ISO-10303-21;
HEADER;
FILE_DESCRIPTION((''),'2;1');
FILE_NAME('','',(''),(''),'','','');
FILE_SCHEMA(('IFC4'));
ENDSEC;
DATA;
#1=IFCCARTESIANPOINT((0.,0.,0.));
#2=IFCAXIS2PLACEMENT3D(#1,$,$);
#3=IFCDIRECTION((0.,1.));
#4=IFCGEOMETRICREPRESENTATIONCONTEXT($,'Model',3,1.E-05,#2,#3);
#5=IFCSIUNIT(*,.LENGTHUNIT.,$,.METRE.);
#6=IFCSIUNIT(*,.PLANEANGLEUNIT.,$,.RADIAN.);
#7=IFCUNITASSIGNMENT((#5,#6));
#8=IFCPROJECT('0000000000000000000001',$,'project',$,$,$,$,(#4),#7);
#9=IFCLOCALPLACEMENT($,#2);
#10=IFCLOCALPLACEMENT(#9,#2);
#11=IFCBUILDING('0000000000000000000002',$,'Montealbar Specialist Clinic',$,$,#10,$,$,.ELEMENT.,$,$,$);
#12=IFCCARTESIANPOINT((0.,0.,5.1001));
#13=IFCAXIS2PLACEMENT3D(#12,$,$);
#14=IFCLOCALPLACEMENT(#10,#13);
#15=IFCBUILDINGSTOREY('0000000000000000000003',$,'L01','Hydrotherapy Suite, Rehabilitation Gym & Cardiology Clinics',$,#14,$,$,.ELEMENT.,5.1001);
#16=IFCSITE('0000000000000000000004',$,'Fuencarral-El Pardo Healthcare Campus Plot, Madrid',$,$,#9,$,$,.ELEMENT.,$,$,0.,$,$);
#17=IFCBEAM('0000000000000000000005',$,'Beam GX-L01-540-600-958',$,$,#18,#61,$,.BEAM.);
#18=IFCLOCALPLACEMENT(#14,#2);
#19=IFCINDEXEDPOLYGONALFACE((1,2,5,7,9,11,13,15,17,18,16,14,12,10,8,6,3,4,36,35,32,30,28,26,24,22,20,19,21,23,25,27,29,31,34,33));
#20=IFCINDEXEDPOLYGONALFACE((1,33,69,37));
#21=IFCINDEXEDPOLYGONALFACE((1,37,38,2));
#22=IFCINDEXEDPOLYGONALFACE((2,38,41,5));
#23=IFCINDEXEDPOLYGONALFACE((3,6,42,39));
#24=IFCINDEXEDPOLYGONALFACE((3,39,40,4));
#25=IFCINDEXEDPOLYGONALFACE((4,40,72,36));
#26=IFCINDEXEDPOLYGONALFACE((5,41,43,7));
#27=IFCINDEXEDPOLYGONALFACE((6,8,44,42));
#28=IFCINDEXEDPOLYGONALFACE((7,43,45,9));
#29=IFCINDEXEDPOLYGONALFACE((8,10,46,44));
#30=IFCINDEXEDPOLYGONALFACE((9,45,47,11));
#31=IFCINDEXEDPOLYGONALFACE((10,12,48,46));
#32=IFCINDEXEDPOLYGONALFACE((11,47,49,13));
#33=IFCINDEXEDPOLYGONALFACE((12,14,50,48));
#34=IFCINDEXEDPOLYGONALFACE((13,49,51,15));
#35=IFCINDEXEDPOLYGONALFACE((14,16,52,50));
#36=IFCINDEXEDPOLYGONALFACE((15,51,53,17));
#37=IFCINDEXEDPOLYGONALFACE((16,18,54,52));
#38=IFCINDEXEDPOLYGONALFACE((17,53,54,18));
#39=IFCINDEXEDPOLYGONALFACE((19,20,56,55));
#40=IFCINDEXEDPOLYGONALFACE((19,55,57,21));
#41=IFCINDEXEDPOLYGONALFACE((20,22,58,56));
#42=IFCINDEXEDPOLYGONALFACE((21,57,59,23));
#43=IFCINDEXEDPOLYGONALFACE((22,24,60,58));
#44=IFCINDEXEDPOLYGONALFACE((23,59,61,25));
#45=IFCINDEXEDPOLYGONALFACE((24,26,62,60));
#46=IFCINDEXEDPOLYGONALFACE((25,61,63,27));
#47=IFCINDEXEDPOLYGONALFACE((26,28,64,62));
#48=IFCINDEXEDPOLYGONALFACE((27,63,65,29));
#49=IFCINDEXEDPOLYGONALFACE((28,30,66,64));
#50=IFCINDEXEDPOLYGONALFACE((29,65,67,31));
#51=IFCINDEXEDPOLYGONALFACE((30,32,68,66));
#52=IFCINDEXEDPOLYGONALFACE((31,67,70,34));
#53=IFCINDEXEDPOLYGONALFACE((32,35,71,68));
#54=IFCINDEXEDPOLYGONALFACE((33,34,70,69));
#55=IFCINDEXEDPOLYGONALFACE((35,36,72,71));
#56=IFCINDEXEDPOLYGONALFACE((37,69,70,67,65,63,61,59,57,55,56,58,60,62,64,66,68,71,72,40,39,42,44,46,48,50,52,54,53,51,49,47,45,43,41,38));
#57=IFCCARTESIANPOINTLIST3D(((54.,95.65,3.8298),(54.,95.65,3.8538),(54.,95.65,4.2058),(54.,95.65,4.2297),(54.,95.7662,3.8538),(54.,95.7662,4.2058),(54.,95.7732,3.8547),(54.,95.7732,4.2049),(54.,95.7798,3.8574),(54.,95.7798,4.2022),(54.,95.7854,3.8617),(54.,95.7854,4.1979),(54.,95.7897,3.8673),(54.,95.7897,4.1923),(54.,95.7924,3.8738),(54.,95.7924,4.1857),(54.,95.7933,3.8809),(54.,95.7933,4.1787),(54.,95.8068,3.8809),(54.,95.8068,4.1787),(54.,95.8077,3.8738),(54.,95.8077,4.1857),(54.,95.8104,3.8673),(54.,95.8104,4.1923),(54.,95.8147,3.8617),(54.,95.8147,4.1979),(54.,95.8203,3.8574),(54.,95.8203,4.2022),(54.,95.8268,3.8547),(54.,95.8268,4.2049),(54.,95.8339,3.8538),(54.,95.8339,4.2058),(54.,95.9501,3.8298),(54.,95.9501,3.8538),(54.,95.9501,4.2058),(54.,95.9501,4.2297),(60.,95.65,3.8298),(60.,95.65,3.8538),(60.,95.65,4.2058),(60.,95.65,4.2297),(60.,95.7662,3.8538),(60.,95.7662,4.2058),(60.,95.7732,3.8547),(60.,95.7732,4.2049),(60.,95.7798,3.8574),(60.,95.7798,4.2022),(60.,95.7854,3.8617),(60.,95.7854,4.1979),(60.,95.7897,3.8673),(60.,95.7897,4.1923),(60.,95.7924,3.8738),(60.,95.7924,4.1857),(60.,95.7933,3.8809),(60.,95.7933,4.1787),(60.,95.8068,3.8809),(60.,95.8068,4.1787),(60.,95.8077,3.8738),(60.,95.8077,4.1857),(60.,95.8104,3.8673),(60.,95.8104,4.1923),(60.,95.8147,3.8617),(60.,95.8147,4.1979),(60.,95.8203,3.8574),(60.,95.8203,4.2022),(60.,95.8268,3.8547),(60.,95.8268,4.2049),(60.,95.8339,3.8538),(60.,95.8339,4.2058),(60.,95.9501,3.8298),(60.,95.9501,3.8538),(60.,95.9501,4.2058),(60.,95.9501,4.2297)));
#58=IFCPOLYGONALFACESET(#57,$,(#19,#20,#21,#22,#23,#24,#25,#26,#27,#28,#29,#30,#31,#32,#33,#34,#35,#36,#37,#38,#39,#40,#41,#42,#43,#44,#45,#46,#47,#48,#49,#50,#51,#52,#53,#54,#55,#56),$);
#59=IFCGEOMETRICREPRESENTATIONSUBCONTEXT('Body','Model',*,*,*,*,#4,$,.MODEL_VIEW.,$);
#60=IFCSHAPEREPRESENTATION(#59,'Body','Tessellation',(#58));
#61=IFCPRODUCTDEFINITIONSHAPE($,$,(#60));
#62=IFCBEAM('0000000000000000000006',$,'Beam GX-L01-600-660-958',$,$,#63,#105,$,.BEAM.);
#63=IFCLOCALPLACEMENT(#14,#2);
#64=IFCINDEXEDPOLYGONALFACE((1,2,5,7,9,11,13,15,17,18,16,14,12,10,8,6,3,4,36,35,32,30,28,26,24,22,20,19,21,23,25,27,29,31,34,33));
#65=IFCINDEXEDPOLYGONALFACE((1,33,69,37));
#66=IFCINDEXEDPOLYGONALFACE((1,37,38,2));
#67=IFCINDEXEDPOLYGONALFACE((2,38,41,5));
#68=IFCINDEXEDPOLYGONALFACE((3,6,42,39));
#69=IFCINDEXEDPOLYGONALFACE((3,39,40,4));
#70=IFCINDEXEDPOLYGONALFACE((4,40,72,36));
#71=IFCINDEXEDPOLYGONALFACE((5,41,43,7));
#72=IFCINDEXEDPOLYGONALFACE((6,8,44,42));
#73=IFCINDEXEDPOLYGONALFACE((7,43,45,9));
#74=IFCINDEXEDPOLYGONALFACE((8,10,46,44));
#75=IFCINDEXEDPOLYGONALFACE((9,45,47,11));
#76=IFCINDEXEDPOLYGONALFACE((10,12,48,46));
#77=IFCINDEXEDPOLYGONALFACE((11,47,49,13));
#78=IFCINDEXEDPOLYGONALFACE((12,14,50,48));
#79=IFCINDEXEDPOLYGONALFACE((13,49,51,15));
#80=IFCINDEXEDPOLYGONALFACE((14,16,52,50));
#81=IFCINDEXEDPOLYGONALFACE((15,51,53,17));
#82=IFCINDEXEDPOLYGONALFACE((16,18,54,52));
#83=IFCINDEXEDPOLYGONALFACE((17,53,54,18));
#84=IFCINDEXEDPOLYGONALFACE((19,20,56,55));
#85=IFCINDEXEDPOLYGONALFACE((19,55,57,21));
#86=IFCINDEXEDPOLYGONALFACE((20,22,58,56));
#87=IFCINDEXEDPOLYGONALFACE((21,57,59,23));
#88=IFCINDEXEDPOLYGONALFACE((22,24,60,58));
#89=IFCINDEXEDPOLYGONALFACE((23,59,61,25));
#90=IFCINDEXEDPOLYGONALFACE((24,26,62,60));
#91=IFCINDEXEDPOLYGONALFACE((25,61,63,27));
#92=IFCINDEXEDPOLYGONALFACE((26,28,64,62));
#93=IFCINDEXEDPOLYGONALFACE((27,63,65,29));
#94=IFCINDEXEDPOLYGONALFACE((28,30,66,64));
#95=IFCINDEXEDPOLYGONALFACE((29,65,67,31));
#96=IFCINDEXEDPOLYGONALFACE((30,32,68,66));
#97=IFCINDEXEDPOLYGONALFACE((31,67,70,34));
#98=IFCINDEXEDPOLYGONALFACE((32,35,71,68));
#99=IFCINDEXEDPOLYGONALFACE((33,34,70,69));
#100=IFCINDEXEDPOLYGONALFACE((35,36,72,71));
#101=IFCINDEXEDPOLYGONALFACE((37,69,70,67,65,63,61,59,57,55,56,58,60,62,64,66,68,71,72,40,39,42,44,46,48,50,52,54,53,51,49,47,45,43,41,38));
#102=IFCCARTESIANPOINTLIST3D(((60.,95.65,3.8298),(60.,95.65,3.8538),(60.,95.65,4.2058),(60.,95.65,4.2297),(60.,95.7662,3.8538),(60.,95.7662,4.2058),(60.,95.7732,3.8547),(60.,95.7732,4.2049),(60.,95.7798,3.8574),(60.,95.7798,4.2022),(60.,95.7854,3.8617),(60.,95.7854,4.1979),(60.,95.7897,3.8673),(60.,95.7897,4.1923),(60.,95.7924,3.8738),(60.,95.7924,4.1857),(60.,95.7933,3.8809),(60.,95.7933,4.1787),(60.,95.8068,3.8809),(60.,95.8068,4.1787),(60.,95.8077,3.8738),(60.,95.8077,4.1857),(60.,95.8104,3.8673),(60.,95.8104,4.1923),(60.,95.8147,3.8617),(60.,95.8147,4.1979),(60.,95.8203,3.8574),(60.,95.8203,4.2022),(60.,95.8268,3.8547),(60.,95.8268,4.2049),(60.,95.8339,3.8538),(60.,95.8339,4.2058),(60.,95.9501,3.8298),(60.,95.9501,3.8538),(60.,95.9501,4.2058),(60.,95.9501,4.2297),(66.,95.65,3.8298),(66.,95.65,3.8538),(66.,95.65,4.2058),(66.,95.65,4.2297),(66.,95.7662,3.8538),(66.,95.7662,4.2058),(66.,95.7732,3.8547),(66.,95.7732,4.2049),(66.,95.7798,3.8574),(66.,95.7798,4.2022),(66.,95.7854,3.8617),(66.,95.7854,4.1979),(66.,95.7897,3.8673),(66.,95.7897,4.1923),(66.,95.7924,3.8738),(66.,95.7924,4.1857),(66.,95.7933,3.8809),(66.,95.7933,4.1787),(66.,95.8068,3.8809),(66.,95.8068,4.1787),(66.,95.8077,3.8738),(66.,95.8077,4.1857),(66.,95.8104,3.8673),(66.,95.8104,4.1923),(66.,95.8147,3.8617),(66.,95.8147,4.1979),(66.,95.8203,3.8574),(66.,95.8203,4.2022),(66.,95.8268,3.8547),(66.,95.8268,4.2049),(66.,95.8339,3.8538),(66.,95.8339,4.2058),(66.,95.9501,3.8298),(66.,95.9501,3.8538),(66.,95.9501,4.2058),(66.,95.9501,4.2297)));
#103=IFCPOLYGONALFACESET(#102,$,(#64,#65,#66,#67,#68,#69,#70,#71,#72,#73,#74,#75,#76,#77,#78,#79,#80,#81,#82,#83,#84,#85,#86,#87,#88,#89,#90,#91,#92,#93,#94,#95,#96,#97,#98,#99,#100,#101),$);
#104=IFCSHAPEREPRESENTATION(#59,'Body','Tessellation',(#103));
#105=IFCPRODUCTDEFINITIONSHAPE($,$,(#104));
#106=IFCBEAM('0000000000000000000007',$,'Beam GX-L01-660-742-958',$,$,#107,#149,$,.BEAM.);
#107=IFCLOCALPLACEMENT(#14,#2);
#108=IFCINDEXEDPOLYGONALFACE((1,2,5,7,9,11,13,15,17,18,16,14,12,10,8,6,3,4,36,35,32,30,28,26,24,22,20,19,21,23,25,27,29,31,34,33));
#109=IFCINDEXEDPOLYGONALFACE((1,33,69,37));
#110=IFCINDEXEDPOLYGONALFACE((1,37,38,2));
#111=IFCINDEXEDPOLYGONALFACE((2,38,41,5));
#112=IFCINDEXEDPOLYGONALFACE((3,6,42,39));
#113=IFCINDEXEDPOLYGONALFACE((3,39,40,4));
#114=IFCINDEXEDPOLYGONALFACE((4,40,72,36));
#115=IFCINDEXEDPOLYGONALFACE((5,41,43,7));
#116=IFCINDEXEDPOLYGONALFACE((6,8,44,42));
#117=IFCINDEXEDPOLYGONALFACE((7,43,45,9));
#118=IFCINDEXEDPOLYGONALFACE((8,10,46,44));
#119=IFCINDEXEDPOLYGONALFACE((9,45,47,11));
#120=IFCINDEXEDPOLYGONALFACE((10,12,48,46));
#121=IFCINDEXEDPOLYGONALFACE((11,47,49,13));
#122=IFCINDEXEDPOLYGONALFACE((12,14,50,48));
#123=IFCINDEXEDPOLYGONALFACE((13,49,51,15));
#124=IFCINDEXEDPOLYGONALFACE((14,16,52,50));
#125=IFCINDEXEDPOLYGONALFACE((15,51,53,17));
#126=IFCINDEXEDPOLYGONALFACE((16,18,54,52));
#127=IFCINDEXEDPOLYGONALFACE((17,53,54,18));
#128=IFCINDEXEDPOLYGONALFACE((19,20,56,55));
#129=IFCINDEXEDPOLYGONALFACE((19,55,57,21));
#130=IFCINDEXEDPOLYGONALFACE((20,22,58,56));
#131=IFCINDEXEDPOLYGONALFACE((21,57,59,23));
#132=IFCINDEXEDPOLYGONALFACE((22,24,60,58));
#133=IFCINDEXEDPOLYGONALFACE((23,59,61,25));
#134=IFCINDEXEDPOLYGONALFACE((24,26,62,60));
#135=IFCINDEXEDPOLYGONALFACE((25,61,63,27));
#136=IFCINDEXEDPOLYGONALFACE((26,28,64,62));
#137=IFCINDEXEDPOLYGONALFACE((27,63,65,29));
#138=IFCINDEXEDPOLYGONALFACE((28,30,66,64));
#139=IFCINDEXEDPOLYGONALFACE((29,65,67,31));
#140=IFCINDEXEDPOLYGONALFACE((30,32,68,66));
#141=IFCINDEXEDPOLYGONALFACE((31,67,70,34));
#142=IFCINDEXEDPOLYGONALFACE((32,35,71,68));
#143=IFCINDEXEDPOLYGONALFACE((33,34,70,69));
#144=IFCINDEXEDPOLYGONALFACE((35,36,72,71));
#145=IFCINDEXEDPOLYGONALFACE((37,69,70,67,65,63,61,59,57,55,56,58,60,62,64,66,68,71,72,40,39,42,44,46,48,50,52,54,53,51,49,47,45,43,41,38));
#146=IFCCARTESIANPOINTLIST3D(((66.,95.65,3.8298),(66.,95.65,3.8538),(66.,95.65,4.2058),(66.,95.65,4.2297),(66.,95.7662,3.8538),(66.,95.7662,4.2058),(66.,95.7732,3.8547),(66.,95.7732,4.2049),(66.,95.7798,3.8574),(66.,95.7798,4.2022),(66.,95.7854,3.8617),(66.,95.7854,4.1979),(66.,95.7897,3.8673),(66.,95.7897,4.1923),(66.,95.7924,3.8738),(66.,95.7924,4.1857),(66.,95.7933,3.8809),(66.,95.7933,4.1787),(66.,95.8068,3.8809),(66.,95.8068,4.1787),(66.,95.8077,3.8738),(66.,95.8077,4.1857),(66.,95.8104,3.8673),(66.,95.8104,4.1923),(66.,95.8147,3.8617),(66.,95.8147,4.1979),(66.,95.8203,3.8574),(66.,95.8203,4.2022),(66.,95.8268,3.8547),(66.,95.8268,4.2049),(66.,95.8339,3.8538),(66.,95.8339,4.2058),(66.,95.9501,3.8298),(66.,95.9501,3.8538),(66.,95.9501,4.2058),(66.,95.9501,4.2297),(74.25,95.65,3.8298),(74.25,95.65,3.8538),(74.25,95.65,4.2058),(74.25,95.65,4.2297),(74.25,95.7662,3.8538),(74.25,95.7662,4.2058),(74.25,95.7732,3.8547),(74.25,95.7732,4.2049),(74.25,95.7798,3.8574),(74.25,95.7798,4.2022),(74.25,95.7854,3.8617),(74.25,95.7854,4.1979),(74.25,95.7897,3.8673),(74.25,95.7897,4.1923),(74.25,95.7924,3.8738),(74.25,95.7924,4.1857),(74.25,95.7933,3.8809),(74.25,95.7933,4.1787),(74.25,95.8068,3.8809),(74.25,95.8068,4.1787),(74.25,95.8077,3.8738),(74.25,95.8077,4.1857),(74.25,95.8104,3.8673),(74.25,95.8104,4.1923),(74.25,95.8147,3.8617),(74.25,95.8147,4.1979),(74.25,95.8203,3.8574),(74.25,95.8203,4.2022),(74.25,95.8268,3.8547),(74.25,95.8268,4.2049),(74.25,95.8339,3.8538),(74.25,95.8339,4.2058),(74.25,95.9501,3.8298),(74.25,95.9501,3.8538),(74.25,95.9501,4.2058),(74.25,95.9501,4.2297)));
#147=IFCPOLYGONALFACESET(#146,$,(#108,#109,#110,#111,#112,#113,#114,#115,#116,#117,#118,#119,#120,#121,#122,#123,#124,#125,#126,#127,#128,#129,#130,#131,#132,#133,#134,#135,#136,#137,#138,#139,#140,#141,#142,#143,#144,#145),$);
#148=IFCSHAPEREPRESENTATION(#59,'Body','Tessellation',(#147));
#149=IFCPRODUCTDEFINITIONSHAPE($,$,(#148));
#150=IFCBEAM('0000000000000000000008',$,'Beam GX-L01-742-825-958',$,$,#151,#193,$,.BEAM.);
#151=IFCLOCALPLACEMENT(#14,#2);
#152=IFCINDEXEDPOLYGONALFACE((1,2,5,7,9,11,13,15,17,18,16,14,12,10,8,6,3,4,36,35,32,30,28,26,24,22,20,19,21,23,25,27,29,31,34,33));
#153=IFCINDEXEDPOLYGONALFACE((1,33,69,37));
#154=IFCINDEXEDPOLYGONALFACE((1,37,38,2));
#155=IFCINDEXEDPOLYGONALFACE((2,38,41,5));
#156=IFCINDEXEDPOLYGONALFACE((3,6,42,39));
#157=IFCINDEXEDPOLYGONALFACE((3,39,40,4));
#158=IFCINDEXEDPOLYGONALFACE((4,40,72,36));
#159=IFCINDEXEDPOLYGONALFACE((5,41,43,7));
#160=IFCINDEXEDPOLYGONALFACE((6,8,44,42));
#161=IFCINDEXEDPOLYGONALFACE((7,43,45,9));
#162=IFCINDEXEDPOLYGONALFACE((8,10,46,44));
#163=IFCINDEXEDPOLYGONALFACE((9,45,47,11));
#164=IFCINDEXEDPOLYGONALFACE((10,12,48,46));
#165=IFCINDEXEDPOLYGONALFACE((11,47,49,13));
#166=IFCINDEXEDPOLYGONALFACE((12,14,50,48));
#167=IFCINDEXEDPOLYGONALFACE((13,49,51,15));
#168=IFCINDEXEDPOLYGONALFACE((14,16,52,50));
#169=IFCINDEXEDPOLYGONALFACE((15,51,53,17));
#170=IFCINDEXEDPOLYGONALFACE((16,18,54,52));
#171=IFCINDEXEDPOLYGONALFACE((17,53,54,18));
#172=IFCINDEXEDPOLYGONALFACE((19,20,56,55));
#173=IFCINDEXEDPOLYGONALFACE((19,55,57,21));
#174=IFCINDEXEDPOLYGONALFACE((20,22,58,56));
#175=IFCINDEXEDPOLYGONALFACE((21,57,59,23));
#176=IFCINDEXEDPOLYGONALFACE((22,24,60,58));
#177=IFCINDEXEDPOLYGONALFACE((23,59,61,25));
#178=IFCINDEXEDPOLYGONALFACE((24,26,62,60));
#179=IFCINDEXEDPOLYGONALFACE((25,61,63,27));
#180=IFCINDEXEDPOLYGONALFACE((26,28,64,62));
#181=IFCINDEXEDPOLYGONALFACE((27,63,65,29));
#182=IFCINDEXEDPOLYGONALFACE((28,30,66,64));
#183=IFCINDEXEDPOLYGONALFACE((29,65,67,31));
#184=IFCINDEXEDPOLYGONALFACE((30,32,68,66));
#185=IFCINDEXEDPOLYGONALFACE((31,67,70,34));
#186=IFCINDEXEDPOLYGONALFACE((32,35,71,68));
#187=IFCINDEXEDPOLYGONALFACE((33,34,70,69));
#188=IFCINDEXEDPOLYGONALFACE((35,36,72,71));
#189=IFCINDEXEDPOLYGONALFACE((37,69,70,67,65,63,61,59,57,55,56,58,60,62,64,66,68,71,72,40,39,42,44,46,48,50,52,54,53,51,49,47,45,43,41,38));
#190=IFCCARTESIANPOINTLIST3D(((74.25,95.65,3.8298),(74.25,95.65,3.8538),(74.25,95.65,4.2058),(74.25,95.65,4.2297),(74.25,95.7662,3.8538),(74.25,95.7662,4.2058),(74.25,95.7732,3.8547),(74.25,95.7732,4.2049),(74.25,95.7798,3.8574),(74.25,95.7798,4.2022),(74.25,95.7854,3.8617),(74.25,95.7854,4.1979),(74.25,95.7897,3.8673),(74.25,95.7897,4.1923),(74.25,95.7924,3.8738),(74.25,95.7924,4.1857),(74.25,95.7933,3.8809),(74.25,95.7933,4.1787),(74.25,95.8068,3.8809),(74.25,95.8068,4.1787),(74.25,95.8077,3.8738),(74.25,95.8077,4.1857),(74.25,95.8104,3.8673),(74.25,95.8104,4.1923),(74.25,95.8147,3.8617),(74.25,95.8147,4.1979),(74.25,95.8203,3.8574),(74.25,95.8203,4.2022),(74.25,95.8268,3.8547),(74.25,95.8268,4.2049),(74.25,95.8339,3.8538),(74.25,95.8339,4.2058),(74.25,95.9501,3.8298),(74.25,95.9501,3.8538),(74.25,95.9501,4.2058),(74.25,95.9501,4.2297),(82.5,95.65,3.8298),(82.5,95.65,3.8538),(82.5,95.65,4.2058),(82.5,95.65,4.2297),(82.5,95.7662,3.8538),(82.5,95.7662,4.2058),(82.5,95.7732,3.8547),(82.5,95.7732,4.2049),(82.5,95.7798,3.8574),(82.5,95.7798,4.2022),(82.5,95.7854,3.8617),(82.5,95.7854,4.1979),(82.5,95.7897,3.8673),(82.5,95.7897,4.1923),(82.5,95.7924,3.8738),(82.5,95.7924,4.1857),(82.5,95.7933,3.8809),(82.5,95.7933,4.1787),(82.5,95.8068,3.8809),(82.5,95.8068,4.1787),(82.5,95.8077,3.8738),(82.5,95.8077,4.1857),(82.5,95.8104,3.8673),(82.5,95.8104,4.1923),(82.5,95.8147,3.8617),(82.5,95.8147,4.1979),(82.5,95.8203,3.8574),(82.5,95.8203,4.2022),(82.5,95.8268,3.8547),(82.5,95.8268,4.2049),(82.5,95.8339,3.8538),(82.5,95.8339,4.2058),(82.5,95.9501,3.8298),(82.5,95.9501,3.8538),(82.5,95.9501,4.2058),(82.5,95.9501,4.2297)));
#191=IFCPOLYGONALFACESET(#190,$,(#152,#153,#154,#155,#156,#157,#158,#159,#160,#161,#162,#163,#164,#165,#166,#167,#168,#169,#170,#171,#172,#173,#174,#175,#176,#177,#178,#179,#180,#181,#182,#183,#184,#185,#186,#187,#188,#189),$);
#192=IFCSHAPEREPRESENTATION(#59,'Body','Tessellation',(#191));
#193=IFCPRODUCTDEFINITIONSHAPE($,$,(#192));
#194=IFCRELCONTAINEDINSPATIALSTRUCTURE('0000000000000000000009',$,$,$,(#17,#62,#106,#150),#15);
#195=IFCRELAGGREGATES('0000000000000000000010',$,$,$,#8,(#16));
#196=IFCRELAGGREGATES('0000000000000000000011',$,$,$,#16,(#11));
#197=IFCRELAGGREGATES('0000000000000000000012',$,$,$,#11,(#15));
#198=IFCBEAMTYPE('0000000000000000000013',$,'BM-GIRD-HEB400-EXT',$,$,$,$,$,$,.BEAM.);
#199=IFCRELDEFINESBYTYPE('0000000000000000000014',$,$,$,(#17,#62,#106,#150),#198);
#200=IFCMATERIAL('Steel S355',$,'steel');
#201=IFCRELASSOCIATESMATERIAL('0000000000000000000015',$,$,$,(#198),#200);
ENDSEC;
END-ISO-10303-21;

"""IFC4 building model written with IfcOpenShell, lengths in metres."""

from ifc_helpers import new_model, si_unit, direction, frame, origin, origin_2d, place, context, subcontext, project, spatial, i_section, extrude, material, material_profile, profile_set, type_object, element, save


model = new_model("IFC4")

# Units and contexts
model_context = context("Model", 3, precision=1e-05, world=origin(), true_north=direction((0.0, 1.0)))
body_context = subcontext(model_context, "Body", "Model", "MODEL_VIEW")
ifc_project = project(units=[si_unit("LENGTHUNIT", "METRE"), si_unit("PLANEANGLEUNIT", "RADIAN")], contexts=[model_context])

# Site, building, storey
site_placement = place(None, origin())
site = spatial("IfcSite", under=ifc_project, at=site_placement, Name="Fuencarral-El Pardo Healthcare Campus Plot, Madrid", CompositionType="ELEMENT", RefElevation=0.0)
building_placement = place(site_placement, origin())
building = spatial("IfcBuilding", under=site, at=building_placement, Name="Montealbar Specialist Clinic", CompositionType="ELEMENT")
storey_placement = place(building_placement, frame((0.0, 0.0, 5.1001)))
storey = spatial("IfcBuildingStorey", under=building, at=storey_placement, Name="L01", Description="Hydrotherapy Suite, Rehabilitation Gym & Cardiology Clinics", CompositionType="ELEMENT", Elevation=5.1001)

# Shared definitions
ifc_material_1 = material(Name="Steel S355", Category="steel")

# Beams
ifc_material_profile_1 = material_profile(ifc_material_1, i_section(OverallWidth=0.3, OverallDepth=0.3999, WebThickness=0.0134, FlangeThickness=0.0239, FilletRadius=0.0271, at=origin_2d()), Name="HEB 400", Category="steel")
ifc_profile_set_1 = profile_set([ifc_material_profile_1], Name="Steel S355")
beam_type_1 = type_object("IfcBeamType", Name="BM-GIRD-HEB400-EXT", PredefinedType="BEAM", material=ifc_profile_set_1)
for number, where, z_axis, x_axis, name in (
    (1, (54.0, 95.8, 4.0298), (1.0, 0.0, 0.0), (0.0, 1.0, 0.0), "Beam GX-L01-540-600-958"),
    (2, (60.0, 95.8, 4.0298), (1.0, 0.0, 0.0), (0.0, 1.0, 0.0), "Beam GX-L01-600-660-958"),
):
    element("IfcBeam", number, at=place(storey_placement, frame(where, z_axis=z_axis, x_axis=x_axis)), inside=storey, type_object=beam_type_1, Name=name, PredefinedType="BEAM", context=body_context, shape_type="SweptSolid", body=[
        extrude(i_section(OverallWidth=0.3, OverallDepth=0.3999, WebThickness=0.0134, FlangeThickness=0.0239, FilletRadius=0.0271, at=origin_2d()), origin(), (0.0, 0.0, 1.0), 6.0),
    ])
for number, where, z_axis, x_axis, name in (
    (3, (66.0, 95.8, 4.0298), (1.0, 0.0, 0.0), (0.0, 1.0, 0.0), "Beam GX-L01-660-742-958"),
    (4, (74.25, 95.8, 4.0298), (1.0, 0.0, 0.0), (0.0, 1.0, 0.0), "Beam GX-L01-742-825-958"),
):
    element("IfcBeam", number, at=place(storey_placement, frame(where, z_axis=z_axis, x_axis=x_axis)), inside=storey, type_object=beam_type_1, Name=name, PredefinedType="BEAM", context=body_context, shape_type="SweptSolid", body=[
        extrude(i_section(OverallWidth=0.3, OverallDepth=0.3999, WebThickness=0.0134, FlangeThickness=0.0239, FilletRadius=0.0271, at=origin_2d()), origin(), (0.0, 0.0, 1.0), 8.25),
    ])

save(model, "model.ifc")
